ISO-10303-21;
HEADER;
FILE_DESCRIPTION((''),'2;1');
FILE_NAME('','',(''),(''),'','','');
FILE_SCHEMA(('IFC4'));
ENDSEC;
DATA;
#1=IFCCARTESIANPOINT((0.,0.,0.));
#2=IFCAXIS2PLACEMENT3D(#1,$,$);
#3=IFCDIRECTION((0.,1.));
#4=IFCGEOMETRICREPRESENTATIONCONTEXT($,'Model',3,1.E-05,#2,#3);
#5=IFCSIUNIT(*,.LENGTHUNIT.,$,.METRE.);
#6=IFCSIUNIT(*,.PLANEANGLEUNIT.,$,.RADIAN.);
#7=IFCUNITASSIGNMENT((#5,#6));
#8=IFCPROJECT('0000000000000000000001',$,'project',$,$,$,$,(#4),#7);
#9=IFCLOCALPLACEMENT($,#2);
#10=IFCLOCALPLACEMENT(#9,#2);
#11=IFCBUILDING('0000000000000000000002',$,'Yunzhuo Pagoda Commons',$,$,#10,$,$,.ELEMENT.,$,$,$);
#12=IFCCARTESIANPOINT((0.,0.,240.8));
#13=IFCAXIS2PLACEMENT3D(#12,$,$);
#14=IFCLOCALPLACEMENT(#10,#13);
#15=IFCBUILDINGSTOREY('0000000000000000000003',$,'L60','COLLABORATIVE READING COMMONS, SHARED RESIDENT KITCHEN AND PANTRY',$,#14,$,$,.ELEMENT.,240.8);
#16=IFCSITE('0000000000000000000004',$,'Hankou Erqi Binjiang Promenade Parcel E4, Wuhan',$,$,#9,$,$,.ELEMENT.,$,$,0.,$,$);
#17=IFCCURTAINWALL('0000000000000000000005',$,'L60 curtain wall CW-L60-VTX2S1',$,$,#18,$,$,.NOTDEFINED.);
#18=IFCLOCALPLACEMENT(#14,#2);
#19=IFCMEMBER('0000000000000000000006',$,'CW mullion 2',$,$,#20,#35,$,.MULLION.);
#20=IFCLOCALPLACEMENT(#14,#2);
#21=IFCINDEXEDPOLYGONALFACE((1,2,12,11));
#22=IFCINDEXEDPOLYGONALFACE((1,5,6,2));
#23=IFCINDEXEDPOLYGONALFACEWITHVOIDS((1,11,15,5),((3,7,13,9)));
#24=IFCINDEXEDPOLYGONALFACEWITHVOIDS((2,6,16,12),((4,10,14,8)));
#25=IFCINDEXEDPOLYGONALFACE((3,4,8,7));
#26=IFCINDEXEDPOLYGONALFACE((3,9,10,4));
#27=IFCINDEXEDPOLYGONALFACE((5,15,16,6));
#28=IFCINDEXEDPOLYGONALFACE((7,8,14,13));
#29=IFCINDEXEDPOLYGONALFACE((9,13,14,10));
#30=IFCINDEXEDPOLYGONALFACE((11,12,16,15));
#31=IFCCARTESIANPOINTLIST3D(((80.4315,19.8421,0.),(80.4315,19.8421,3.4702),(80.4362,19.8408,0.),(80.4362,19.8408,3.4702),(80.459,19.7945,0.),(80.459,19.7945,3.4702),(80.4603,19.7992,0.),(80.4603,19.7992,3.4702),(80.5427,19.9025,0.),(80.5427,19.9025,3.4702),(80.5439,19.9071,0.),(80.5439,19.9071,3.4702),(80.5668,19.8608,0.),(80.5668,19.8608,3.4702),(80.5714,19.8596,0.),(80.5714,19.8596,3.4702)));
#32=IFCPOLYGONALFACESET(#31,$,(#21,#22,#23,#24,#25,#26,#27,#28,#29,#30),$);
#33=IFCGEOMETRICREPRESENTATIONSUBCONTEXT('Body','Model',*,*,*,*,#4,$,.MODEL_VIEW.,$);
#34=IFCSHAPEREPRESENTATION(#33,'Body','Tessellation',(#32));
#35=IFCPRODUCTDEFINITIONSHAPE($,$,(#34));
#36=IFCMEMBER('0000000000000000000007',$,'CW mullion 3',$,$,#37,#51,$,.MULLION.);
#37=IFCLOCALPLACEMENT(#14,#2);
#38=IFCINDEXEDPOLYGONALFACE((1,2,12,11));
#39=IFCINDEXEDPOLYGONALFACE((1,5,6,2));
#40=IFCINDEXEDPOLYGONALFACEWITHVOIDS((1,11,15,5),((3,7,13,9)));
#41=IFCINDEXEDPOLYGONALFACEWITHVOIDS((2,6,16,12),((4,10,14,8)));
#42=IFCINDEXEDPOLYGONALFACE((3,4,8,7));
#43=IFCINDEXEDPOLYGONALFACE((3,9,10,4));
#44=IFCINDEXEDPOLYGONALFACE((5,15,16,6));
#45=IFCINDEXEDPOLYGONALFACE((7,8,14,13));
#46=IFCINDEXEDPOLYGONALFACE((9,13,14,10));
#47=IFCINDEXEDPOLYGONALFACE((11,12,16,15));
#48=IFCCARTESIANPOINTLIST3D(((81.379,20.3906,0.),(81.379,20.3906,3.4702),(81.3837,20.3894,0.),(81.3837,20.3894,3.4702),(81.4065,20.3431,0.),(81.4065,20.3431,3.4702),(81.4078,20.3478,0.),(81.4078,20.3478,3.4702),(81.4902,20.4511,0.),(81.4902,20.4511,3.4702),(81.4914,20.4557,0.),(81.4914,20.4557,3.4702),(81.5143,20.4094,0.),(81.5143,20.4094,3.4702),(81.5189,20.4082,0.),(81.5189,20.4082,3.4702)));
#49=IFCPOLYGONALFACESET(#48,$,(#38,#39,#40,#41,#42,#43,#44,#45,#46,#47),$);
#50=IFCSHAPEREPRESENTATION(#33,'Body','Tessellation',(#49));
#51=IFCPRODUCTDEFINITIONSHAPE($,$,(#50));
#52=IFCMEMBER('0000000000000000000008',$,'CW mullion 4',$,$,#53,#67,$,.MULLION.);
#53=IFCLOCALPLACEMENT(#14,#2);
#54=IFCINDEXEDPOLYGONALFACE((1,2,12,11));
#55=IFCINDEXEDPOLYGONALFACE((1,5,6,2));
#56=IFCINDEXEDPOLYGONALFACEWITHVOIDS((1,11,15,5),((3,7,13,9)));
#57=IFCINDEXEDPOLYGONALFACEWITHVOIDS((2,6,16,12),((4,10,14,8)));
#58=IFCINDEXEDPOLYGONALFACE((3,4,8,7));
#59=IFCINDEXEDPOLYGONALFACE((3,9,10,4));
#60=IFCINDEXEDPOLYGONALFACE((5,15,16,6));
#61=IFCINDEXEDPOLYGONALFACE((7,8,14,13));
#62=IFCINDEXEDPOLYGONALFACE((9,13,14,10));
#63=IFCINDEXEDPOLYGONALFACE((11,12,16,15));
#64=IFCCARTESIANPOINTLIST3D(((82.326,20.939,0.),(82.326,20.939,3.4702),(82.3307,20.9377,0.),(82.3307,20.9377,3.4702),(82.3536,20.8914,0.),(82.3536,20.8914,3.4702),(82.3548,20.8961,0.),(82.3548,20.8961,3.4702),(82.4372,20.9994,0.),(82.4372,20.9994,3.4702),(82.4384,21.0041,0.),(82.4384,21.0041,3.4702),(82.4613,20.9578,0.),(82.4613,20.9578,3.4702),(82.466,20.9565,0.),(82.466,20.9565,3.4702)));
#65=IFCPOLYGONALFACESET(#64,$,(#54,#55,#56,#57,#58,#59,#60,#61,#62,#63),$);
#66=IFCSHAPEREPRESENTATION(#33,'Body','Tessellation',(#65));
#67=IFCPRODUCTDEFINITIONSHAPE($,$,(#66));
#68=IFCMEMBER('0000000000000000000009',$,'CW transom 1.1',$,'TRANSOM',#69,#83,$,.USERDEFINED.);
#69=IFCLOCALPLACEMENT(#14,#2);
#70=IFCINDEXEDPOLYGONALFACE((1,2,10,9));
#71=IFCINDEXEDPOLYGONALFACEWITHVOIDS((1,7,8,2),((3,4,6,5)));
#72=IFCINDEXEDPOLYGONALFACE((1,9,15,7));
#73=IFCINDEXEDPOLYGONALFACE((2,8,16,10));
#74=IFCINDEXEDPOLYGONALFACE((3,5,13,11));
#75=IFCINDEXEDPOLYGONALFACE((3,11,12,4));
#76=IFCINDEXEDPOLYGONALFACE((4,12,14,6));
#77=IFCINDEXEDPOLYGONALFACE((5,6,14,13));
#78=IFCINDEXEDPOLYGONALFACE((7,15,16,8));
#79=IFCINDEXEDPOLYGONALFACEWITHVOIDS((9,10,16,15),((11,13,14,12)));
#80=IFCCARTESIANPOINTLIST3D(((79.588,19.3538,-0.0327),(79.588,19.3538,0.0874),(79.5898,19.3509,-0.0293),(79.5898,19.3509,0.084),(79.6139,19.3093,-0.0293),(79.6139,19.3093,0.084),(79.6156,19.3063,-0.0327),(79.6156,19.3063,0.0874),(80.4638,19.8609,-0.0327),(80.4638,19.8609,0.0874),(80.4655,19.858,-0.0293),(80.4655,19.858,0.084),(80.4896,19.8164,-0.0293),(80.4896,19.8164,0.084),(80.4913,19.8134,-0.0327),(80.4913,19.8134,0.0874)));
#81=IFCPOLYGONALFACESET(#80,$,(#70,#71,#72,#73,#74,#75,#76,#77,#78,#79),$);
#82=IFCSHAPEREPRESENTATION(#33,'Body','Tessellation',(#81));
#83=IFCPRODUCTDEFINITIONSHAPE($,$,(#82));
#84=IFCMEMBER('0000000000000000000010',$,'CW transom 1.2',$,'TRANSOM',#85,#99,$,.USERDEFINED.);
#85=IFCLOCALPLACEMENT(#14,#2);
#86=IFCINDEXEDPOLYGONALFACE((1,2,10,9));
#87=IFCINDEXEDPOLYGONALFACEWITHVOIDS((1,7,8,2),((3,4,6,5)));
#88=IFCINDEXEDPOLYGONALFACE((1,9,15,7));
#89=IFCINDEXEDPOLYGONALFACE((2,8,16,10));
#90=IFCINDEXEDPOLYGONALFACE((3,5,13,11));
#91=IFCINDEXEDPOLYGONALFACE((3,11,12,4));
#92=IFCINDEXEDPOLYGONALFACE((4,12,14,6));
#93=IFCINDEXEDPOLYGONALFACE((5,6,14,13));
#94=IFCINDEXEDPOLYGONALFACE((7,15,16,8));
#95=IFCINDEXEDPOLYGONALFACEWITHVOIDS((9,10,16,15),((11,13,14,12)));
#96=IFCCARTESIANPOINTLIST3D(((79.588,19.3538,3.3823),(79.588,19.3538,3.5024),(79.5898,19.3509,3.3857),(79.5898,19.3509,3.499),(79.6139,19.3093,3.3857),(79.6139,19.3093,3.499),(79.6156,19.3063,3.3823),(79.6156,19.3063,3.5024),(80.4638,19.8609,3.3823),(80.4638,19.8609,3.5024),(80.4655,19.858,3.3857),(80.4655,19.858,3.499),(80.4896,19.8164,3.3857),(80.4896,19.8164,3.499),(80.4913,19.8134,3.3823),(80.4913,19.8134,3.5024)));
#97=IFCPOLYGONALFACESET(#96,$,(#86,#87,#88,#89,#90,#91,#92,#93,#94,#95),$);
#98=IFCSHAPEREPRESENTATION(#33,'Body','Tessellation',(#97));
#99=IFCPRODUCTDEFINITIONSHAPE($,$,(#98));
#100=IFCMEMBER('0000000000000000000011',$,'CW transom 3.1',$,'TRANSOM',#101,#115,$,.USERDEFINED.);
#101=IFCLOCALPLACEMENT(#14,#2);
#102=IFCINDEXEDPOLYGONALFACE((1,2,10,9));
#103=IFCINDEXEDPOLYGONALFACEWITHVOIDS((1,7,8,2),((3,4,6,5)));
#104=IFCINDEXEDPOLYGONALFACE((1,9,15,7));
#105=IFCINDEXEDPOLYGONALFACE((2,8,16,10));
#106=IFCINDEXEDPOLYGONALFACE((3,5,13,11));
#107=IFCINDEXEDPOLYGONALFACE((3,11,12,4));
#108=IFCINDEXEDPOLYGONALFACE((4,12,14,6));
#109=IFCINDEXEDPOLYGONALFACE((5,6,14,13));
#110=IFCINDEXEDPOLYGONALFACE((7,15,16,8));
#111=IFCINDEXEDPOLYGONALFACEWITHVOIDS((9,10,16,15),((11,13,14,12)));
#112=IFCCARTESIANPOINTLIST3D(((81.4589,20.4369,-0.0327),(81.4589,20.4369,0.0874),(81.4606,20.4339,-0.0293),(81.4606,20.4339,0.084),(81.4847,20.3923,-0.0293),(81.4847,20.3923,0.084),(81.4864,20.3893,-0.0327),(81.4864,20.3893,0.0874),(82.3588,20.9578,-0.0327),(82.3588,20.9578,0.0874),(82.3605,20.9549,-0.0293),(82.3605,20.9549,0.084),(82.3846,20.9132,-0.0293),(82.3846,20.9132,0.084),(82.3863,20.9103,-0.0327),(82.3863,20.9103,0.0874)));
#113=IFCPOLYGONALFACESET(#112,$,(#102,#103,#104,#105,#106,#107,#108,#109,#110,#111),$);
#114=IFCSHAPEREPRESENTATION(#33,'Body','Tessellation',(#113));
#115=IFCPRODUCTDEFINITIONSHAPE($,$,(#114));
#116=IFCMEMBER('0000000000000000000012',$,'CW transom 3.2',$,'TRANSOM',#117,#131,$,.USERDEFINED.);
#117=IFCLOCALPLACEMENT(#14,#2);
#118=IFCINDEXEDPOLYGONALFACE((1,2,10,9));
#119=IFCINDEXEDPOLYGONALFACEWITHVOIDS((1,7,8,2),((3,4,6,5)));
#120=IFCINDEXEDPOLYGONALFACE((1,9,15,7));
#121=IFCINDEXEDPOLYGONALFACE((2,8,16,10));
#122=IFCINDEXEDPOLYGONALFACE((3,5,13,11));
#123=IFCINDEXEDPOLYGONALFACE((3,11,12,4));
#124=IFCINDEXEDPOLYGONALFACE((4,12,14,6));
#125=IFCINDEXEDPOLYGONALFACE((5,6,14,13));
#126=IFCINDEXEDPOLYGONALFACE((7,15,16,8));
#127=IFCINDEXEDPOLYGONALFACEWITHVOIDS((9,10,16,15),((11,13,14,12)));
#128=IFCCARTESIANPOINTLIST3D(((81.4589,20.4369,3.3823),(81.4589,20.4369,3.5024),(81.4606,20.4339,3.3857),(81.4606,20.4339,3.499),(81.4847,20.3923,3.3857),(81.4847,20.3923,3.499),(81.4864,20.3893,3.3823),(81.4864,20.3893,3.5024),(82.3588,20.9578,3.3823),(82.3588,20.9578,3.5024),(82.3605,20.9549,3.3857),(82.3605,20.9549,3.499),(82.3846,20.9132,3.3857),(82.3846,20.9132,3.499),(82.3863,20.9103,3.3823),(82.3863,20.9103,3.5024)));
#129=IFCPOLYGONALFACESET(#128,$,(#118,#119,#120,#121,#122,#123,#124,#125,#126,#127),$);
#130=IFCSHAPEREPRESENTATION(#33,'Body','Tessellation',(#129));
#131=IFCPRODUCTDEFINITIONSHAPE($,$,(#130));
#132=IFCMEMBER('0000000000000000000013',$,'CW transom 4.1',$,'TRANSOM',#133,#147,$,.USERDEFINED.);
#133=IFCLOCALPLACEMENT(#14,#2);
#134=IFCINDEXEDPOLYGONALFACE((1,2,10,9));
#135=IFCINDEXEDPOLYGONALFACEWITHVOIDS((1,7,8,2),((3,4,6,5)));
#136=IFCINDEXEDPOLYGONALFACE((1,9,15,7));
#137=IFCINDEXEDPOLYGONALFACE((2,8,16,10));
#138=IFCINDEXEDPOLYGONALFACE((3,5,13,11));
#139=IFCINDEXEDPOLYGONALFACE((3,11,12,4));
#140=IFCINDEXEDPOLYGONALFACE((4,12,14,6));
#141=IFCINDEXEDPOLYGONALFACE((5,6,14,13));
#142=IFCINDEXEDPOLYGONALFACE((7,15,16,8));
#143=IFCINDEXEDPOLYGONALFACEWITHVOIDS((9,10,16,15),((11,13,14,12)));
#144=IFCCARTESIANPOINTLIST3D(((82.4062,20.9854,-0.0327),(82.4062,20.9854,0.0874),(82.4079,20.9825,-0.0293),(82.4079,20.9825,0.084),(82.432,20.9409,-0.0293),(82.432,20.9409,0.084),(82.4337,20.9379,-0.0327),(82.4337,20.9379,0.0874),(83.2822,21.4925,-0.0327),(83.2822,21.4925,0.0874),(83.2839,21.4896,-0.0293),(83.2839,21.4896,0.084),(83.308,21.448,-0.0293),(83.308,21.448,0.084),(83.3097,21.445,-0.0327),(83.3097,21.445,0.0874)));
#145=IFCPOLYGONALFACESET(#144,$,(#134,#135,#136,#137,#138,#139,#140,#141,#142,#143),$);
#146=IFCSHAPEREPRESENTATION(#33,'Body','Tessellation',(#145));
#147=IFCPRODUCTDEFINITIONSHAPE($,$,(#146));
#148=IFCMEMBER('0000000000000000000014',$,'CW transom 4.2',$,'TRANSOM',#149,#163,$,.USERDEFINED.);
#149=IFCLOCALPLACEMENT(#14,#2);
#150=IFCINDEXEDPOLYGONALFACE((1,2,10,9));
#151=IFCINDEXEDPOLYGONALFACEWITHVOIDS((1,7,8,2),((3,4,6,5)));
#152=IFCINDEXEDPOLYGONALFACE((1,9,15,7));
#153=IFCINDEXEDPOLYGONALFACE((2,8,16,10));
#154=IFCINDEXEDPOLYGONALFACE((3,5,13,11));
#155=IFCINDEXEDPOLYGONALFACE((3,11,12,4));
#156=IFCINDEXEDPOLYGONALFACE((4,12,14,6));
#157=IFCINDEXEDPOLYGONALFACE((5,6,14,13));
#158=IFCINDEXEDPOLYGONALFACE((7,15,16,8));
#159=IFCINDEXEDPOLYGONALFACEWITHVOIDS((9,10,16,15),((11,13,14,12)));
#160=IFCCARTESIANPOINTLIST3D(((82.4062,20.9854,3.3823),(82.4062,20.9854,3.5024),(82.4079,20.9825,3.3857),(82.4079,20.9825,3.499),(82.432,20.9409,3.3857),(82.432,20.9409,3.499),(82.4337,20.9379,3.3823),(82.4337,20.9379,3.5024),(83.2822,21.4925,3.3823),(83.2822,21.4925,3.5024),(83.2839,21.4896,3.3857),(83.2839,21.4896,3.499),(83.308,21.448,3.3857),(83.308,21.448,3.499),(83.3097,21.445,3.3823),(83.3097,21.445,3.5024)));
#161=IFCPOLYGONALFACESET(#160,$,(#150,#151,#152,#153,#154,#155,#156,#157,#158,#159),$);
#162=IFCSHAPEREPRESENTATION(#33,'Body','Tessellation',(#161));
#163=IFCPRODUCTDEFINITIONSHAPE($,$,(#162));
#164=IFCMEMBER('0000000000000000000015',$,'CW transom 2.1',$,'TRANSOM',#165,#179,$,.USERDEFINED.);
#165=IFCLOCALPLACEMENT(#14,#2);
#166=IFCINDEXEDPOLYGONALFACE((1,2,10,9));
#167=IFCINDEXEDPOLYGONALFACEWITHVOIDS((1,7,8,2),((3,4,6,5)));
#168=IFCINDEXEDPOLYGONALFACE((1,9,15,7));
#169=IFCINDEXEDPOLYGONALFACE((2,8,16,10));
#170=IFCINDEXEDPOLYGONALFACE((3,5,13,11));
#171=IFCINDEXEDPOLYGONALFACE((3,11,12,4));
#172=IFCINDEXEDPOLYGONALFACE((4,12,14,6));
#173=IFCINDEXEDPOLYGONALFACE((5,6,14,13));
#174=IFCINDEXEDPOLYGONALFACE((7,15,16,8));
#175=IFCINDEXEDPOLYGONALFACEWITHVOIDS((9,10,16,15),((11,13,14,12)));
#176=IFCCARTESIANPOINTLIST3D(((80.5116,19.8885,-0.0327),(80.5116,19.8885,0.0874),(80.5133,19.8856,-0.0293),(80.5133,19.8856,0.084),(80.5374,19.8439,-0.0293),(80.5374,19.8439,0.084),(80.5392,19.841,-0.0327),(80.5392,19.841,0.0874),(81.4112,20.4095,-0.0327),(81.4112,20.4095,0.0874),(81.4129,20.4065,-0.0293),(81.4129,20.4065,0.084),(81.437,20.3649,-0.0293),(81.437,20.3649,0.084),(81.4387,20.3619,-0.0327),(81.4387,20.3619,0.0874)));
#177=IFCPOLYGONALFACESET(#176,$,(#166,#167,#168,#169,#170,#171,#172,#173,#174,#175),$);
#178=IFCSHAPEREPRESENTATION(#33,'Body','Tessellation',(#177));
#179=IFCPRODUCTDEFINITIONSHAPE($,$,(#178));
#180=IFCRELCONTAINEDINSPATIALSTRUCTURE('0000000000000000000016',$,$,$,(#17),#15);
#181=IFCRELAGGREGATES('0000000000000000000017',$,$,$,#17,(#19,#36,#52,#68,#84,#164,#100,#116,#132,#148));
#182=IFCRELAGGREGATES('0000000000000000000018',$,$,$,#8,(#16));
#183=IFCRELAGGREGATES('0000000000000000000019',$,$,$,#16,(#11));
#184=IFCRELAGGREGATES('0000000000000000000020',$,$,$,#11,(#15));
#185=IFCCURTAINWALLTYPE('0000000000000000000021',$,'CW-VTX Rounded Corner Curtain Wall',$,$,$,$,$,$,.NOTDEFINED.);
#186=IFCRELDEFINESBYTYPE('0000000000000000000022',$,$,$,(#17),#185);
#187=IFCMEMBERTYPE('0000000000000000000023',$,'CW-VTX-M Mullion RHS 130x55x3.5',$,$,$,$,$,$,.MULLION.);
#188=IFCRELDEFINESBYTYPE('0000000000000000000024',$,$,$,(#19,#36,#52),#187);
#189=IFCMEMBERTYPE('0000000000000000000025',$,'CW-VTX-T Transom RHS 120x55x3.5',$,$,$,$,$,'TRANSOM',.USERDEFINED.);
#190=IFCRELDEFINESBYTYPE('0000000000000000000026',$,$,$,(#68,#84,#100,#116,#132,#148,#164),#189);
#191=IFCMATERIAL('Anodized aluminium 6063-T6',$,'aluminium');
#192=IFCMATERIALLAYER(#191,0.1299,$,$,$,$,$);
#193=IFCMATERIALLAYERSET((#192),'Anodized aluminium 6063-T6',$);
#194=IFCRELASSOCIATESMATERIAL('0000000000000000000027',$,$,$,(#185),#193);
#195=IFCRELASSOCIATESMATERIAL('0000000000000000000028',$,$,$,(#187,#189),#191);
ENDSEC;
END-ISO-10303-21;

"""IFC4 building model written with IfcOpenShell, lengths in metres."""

from ifc_helpers import new_model, si_unit, direction, frame, origin, origin_2d, place, context, subcontext, project, spatial, hollow_rectangle, extrude, source, transform, mapped, material, layer, layer_set, material_profile, profile_set, type_object, element, aggregate, save


model = new_model("IFC4")

# Units and contexts
model_context = context("Model", 3, precision=1e-05, world=origin(), true_north=direction((0.0, 1.0)))
body_context = subcontext(model_context, "Body", "Model", "MODEL_VIEW")
ifc_project = project(units=[si_unit("LENGTHUNIT", "METRE"), si_unit("PLANEANGLEUNIT", "RADIAN")], contexts=[model_context])

# Site, building, storey
site_placement = place(None, origin())
site = spatial("IfcSite", under=ifc_project, at=site_placement, Name="Hankou Erqi Binjiang Promenade Parcel E4, Wuhan", CompositionType="ELEMENT", RefElevation=0.0)
building_placement = place(site_placement, origin())
building = spatial("IfcBuilding", under=site, at=building_placement, Name="Yunzhuo Pagoda Commons", CompositionType="ELEMENT")
storey_placement = place(building_placement, frame((0.0, 0.0, 240.8)))
storey = spatial("IfcBuildingStorey", under=building, at=storey_placement, Name="L60", Description="COLLABORATIVE READING COMMONS, SHARED RESIDENT KITCHEN AND PANTRY", CompositionType="ELEMENT", Elevation=240.8)

# Curtain wall, members
ifc_material_1 = material(Name="Anodized aluminium 6063-T6", Category="aluminium")
ifc_layer_1 = layer(ifc_material_1, 0.1299)
ifc_layer_set_1 = layer_set([ifc_layer_1], Name="Anodized aluminium 6063-T6")
curtain_wall_type_1 = type_object("IfcCurtainWallType", Name="CW-VTX Rounded Corner Curtain Wall", PredefinedType="NOTDEFINED", material=ifc_layer_set_1)
curtain_wall_1_placement = place(storey_placement, origin())
curtain_wall_1 = element("IfcCurtainWall", 1, at=curtain_wall_1_placement, inside=storey, type_object=curtain_wall_type_1, Name="L60 curtain wall CW-L60-VTX2S1", PredefinedType="NOTDEFINED")
ifc_material_profile_1 = material_profile(ifc_material_1, hollow_rectangle(XDim=0.0549, YDim=0.1299, WallThickness=0.0034, at=origin_2d()), Name="Anodized aluminium 6063-T6")
ifc_profile_set_1 = profile_set([ifc_material_profile_1], Name="Anodized aluminium 6063-T6")
member_type_1 = type_object("IfcMemberType", Name="CW-VTX-M Mullion RHS 130x55x3.5", PredefinedType="MULLION", material=ifc_profile_set_1)
shared_shape_1 = source(origin(), body_context, "Body", "SweptSolid", [
    extrude(hollow_rectangle(XDim=0.0549, YDim=0.1299, WallThickness=0.0034, at=origin_2d()), origin(), (0.0, 0.0, 1.0), 3.4702),
])
member_1_placement = place(storey_placement, frame((80.5015, 19.8508, 0.0), z_axis=(0.0, 0.0, 1.0), x_axis=(-0.501035, 0.865427, 0.0)))
member_1 = element("IfcMember", 2, at=member_1_placement, type_object=member_type_1, Name="CW mullion 2", PredefinedType="MULLION", context=body_context, shape_type="MappedRepresentation", body=[
    mapped(shared_shape_1, transform((0.0, 0.0, 0.0), scale=1.0)),
])
member_2_placement = place(storey_placement, frame((81.449, 20.3994, 0.0), z_axis=(0.0, 0.0, 1.0), x_axis=(-0.501035, 0.865427, 0.0)))
member_2 = element("IfcMember", 3, at=member_2_placement, type_object=member_type_1, Name="CW mullion 3", PredefinedType="MULLION", context=body_context, shape_type="MappedRepresentation", body=[
    mapped(shared_shape_1, transform((0.0, 0.0, 0.0), scale=1.0)),
])
member_3_placement = place(storey_placement, frame((82.396, 20.9478, 0.0), z_axis=(0.0, 0.0, 1.0), x_axis=(-0.501035, 0.865427, 0.0)))
member_3 = element("IfcMember", 4, at=member_3_placement, type_object=member_type_1, Name="CW mullion 4", PredefinedType="MULLION", context=body_context, shape_type="MappedRepresentation", body=[
    mapped(shared_shape_1, transform((0.0, 0.0, 0.0), scale=1.0)),
])
ifc_material_profile_2 = material_profile(ifc_material_1, hollow_rectangle(XDim=0.0549, YDim=0.1201, WallThickness=0.0034, at=origin_2d()), Name="Anodized aluminium 6063-T6")
ifc_profile_set_2 = profile_set([ifc_material_profile_2], Name="Anodized aluminium 6063-T6")
member_type_2 = type_object("IfcMemberType", Name="CW-VTX-T Transom RHS 120x55x3.5", ElementType="TRANSOM", PredefinedType="USERDEFINED", material=ifc_profile_set_2)
shared_shape_2 = source(origin(), body_context, "Body", "SweptSolid", [
    extrude(hollow_rectangle(XDim=0.0549, YDim=0.1201, WallThickness=0.0034, at=origin_2d()), origin(), (0.0, 0.0, 1.0), 1.012),
])
member_4_placement = place(storey_placement, frame((79.6018, 19.3301, 0.0273), z_axis=(0.865393, 0.501093, 0.0), x_axis=(-0.501093, 0.865393, 0.0)))
member_4 = element("IfcMember", 5, at=member_4_placement, type_object=member_type_2, Name="CW transom 1.1", ObjectType="TRANSOM", PredefinedType="USERDEFINED", context=body_context, shape_type="MappedRepresentation", body=[
    mapped(shared_shape_2, transform((0.0, 0.0, 0.0), scale=1.0)),
])
member_5_placement = place(storey_placement, frame((79.6018, 19.3301, 3.4424), z_axis=(0.865393, 0.501093, 0.0), x_axis=(-0.501093, 0.865393, 0.0)))
member_5 = element("IfcMember", 6, at=member_5_placement, type_object=member_type_2, Name="CW transom 1.2", ObjectType="TRANSOM", PredefinedType="USERDEFINED", context=body_context, shape_type="MappedRepresentation", body=[
    mapped(shared_shape_2, transform((0.0, 0.0, 0.0), scale=1.0)),
])
shared_shape_3 = source(origin(), body_context, "Body", "SweptSolid", [
    extrude(hollow_rectangle(XDim=0.0549, YDim=0.1201, WallThickness=0.0034, at=origin_2d()), origin(), (0.0, 0.0, 1.0), 1.0398),
])
member_6_placement = place(storey_placement, frame((81.4727, 20.4131, 0.0273), z_axis=(0.865426, 0.501036, 0.0), x_axis=(-0.501036, 0.865426, 0.0)))
member_6 = element("IfcMember", 7, at=member_6_placement, type_object=member_type_2, Name="CW transom 3.1", ObjectType="TRANSOM", PredefinedType="USERDEFINED", context=body_context, shape_type="MappedRepresentation", body=[
    mapped(shared_shape_3, transform((0.0, 0.0, 0.0), scale=1.0)),
])
member_7_placement = place(storey_placement, frame((81.4727, 20.4131, 3.4424), z_axis=(0.865426, 0.501036, 0.0), x_axis=(-0.501036, 0.865426, 0.0)))
member_7 = element("IfcMember", 8, at=member_7_placement, type_object=member_type_2, Name="CW transom 3.2", ObjectType="TRANSOM", PredefinedType="USERDEFINED", context=body_context, shape_type="MappedRepresentation", body=[
    mapped(shared_shape_3, transform((0.0, 0.0, 0.0), scale=1.0)),
])
shared_shape_4 = source(origin(), body_context, "Body", "SweptSolid", [
    extrude(hollow_rectangle(XDim=0.0549, YDim=0.1201, WallThickness=0.0034, at=origin_2d()), origin(), (0.0, 0.0, 1.0), 1.0122),
])
member_8_placement = place(storey_placement, frame((82.4199, 20.9617, 0.0273), z_axis=(0.865454, 0.500989, 0.0), x_axis=(-0.500989, 0.865454, 0.0)))
member_8 = element("IfcMember", 9, at=member_8_placement, type_object=member_type_2, Name="CW transom 4.1", ObjectType="TRANSOM", PredefinedType="USERDEFINED", context=body_context, shape_type="MappedRepresentation", body=[
    mapped(shared_shape_4, transform((0.0, 0.0, 0.0), scale=1.0)),
])
member_9_placement = place(storey_placement, frame((82.4199, 20.9617, 3.4424), z_axis=(0.865454, 0.500989, 0.0), x_axis=(-0.500989, 0.865454, 0.0)))
member_9 = element("IfcMember", 10, at=member_9_placement, type_object=member_type_2, Name="CW transom 4.2", ObjectType="TRANSOM", PredefinedType="USERDEFINED", context=body_context, shape_type="MappedRepresentation", body=[
    mapped(shared_shape_4, transform((0.0, 0.0, 0.0), scale=1.0)),
])
shared_shape_5 = source(origin(), body_context, "Body", "SweptSolid", [
    extrude(hollow_rectangle(XDim=0.0549, YDim=0.1201, WallThickness=0.0034, at=origin_2d()), origin(), (0.0, 0.0, 1.0), 1.0396),
])
member_10_placement = place(storey_placement, frame((80.5254, 19.8647, 0.0273), z_axis=(0.865367, 0.501138, 0.0), x_axis=(-0.501138, 0.865367, 0.0)))
member_10 = element("IfcMember", 11, at=member_10_placement, type_object=member_type_2, Name="CW transom 2.1", ObjectType="TRANSOM", PredefinedType="USERDEFINED", context=body_context, shape_type="MappedRepresentation", body=[
    mapped(shared_shape_5, transform((0.0, 0.0, 0.0), scale=1.0)),
])

aggregate(curtain_wall_1, [member_1, member_2, member_3, member_4, member_5, member_10, member_6, member_7, member_8, member_9])

save(model, "model.ifc")
